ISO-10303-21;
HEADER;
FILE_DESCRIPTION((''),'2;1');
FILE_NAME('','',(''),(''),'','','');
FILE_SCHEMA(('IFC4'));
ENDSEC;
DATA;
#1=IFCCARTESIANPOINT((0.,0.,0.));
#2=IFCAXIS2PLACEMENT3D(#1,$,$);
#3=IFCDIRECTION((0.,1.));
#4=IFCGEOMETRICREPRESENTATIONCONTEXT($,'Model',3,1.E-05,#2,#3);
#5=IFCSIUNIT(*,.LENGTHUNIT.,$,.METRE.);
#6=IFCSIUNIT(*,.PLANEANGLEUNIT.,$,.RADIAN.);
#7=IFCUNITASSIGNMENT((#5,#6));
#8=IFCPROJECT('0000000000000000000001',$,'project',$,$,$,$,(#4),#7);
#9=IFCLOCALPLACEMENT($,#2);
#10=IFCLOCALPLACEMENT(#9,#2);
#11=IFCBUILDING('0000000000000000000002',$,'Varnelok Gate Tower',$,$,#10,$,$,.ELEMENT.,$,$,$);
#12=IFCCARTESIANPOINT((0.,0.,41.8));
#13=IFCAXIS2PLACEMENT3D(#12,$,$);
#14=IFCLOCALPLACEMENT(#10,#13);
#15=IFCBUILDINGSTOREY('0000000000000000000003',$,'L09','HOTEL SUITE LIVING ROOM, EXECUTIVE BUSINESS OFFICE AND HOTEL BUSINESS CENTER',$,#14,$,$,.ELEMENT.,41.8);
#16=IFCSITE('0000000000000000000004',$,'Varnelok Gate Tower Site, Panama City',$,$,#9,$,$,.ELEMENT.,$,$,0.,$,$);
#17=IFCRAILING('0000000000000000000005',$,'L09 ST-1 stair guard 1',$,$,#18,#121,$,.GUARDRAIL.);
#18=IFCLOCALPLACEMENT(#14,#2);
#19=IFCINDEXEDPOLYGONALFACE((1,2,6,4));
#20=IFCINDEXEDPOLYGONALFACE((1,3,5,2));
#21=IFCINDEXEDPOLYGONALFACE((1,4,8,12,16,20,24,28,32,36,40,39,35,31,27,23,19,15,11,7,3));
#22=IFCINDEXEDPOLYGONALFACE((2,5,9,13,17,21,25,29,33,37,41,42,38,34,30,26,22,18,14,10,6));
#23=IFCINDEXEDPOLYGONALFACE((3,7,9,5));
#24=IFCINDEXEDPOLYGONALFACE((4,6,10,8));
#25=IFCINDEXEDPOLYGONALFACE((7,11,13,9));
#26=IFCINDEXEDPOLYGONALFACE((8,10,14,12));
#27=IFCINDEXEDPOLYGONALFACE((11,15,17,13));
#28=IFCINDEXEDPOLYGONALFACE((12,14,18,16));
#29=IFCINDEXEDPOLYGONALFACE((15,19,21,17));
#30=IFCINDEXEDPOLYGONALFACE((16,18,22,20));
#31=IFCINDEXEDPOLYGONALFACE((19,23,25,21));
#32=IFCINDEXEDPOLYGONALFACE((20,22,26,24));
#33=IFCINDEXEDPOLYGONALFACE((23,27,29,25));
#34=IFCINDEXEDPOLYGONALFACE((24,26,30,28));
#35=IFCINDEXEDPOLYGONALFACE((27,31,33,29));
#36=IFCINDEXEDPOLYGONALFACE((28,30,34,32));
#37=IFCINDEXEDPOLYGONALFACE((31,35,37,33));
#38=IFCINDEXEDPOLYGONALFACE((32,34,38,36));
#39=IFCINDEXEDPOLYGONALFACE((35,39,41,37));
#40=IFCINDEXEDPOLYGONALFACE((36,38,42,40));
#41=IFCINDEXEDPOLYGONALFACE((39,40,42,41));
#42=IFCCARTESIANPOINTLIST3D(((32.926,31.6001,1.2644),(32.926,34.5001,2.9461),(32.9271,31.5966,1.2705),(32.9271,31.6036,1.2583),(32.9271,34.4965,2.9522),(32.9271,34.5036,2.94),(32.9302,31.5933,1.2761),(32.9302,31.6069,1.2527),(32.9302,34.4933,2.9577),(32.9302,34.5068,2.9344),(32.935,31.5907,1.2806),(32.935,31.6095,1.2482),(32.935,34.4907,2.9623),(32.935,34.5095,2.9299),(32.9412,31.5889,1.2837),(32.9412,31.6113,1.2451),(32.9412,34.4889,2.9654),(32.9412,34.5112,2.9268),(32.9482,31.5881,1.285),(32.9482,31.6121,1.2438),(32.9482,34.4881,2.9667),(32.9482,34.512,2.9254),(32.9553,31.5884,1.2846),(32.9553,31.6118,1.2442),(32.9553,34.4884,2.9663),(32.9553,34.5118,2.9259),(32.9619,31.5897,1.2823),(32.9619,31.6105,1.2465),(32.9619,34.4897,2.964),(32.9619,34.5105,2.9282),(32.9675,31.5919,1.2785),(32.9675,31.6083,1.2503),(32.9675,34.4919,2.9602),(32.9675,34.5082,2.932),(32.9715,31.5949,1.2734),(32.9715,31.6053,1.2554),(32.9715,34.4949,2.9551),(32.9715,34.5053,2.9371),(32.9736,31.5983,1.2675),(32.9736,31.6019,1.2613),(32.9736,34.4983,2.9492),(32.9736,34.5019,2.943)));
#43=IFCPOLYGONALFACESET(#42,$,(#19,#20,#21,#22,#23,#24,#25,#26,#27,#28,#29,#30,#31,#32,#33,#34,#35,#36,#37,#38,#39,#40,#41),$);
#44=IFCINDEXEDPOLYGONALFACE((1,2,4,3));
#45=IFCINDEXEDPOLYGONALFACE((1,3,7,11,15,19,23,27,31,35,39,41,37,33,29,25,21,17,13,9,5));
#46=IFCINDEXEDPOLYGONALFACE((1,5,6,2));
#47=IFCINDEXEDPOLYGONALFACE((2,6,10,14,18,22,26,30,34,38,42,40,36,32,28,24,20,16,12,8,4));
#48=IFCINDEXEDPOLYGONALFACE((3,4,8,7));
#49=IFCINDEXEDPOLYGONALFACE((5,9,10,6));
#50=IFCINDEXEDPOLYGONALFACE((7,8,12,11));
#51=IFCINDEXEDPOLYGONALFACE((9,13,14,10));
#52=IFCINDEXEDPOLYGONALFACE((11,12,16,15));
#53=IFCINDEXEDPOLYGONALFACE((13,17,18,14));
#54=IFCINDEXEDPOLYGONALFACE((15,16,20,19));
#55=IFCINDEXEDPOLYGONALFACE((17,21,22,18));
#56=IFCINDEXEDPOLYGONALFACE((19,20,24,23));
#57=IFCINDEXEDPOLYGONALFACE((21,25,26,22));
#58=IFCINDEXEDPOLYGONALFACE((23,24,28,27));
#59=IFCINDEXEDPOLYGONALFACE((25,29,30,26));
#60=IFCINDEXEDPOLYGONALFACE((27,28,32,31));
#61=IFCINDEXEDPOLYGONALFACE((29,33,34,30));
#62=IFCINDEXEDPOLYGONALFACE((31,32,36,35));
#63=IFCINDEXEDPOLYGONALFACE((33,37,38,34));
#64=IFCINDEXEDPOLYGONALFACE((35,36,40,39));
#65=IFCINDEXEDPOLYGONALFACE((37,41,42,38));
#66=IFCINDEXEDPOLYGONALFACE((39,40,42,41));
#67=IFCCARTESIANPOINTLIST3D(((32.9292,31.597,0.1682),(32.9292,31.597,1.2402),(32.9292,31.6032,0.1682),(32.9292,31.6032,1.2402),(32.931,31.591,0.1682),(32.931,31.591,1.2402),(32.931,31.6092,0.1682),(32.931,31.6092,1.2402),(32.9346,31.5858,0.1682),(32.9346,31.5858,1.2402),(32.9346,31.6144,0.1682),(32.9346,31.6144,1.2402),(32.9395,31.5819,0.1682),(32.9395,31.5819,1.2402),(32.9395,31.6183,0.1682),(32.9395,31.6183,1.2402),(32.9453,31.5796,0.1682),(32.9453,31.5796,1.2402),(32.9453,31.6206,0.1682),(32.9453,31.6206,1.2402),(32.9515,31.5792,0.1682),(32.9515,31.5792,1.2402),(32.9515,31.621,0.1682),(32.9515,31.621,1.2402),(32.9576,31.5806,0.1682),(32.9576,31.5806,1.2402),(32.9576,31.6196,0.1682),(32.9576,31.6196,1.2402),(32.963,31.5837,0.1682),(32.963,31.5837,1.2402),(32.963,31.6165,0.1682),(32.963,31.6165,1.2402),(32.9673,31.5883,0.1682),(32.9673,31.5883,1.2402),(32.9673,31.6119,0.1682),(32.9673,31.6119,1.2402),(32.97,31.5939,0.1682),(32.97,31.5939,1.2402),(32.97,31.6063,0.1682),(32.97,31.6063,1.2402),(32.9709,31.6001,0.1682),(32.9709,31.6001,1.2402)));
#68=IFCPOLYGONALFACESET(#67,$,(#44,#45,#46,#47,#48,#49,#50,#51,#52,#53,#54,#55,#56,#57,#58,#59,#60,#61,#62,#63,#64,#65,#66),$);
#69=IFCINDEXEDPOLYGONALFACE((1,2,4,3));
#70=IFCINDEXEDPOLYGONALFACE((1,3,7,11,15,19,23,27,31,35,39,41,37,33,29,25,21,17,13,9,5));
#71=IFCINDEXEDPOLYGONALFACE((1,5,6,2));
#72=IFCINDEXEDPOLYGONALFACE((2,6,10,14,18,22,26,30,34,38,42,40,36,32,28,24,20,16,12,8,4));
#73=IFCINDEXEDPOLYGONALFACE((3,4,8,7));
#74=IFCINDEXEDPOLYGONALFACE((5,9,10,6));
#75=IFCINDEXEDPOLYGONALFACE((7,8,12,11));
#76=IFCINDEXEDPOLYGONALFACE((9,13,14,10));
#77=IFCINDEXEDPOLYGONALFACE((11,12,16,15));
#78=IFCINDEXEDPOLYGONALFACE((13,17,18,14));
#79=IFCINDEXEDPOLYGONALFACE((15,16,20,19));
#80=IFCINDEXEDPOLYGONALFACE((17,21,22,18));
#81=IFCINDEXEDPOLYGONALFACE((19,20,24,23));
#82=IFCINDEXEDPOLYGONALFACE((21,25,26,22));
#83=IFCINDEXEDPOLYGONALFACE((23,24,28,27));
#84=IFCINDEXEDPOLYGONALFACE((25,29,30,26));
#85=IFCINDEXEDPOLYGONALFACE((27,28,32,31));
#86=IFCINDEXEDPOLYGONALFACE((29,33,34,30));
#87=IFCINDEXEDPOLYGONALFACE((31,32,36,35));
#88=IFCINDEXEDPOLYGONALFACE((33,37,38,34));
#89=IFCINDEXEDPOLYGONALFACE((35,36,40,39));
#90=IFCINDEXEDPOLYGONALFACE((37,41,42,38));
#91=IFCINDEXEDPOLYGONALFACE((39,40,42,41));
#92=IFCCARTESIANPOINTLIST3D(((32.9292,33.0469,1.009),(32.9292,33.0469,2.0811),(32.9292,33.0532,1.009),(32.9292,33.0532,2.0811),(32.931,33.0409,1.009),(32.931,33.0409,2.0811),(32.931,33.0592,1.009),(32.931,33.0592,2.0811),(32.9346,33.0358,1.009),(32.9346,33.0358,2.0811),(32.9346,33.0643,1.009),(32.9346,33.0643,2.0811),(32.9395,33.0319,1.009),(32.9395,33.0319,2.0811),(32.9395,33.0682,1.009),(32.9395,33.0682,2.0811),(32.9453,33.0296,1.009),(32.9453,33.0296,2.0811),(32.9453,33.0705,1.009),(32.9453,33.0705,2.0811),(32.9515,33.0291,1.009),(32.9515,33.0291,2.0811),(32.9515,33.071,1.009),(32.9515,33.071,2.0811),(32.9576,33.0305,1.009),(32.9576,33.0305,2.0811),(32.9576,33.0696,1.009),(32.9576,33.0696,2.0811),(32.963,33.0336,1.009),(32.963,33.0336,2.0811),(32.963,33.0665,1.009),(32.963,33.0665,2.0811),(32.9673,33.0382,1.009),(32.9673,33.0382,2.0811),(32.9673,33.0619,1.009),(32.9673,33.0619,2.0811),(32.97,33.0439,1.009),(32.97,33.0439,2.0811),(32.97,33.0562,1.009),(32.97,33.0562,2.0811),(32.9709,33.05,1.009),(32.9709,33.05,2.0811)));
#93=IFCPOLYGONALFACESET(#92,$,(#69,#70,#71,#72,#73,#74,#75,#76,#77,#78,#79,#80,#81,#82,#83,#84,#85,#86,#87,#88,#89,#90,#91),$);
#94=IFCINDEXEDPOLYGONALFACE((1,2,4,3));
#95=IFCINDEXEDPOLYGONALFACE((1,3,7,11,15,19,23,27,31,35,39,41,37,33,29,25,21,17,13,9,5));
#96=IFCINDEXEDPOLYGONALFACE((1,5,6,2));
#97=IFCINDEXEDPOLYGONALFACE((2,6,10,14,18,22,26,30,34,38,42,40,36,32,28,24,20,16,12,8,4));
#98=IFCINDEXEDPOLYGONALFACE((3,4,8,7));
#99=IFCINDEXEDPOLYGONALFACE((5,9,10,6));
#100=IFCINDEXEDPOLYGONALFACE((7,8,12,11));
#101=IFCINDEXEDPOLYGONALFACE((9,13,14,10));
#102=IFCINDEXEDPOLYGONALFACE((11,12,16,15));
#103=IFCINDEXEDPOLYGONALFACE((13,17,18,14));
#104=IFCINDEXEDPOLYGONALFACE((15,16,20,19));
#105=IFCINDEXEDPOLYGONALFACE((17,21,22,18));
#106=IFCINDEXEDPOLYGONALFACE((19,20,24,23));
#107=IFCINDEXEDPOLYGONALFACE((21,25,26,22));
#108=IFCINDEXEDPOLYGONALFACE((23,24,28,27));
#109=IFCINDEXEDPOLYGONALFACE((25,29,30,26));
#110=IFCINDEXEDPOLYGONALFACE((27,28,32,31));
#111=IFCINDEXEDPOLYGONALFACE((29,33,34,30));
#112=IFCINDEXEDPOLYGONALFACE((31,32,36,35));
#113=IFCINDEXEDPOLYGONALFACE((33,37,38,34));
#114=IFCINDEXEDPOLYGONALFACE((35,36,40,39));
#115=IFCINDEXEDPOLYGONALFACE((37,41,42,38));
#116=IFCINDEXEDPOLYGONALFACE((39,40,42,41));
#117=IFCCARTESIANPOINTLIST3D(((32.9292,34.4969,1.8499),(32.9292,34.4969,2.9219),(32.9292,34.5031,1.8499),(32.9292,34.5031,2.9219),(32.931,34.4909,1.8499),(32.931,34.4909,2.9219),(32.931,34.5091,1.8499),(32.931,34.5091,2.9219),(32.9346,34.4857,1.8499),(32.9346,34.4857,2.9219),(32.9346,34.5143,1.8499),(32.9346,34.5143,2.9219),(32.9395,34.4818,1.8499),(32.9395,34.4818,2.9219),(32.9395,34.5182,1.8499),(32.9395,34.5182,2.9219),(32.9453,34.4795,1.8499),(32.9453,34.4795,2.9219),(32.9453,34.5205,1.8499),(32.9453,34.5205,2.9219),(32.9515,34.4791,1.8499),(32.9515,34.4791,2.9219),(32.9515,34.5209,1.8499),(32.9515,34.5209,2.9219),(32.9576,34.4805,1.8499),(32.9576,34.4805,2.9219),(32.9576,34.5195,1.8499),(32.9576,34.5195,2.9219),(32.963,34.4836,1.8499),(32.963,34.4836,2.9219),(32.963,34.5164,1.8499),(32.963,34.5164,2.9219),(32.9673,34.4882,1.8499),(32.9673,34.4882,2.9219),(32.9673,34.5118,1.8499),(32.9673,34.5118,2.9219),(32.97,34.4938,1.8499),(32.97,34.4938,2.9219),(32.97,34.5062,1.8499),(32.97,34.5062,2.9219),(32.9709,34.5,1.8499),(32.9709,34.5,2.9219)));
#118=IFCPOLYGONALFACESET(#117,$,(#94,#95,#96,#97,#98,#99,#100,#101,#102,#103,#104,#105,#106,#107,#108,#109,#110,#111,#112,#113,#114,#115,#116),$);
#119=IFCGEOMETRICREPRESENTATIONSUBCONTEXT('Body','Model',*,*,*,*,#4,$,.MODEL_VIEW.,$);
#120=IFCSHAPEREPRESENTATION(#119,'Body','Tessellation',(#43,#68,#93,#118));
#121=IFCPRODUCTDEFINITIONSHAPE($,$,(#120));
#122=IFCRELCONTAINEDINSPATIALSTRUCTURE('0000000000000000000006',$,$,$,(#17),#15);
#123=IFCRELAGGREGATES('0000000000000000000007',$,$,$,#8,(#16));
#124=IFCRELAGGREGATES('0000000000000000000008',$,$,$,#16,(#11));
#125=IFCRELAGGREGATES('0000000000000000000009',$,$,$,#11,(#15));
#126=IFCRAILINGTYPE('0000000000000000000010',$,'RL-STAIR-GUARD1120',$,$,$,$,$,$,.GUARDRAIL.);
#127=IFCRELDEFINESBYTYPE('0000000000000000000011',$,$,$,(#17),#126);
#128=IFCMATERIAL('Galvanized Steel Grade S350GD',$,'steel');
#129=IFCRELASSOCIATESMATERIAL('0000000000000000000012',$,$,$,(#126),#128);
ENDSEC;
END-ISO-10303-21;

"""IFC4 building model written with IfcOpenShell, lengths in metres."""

from ifc_helpers import new_model, si_unit, direction, frame, origin, origin_2d, place, context, subcontext, project, spatial, circle, extrude, material, type_object, element, save


model = new_model("IFC4")

# Units and contexts
model_context = context("Model", 3, precision=1e-05, world=origin(), true_north=direction((0.0, 1.0)))
body_context = subcontext(model_context, "Body", "Model", "MODEL_VIEW")
ifc_project = project(units=[si_unit("LENGTHUNIT", "METRE"), si_unit("PLANEANGLEUNIT", "RADIAN")], contexts=[model_context])

# Site, building, storey
site_placement = place(None, origin())
site = spatial("IfcSite", under=ifc_project, at=site_placement, Name="Varnelok Gate Tower Site, Panama City", CompositionType="ELEMENT", RefElevation=0.0)
building_placement = place(site_placement, origin())
building = spatial("IfcBuilding", under=site, at=building_placement, Name="Varnelok Gate Tower", CompositionType="ELEMENT")
storey_placement = place(building_placement, frame((0.0, 0.0, 41.8)))
storey = spatial("IfcBuildingStorey", under=building, at=storey_placement, Name="L09", Description="HOTEL SUITE LIVING ROOM, EXECUTIVE BUSINESS OFFICE AND HOTEL BUSINESS CENTER", CompositionType="ELEMENT", Elevation=41.8)

# Shared definitions
ifc_material_1 = material(Name="Galvanized Steel Grade S350GD", Category="steel")

# Railing
railing_type_1 = type_object("IfcRailingType", Name="RL-STAIR-GUARD1120", PredefinedType="GUARDRAIL", material=ifc_material_1)
railing_1_placement = place(storey_placement, frame((32.95, 31.6001, 0.1682)))
element("IfcRailing", 1, at=railing_1_placement, inside=storey, type_object=railing_type_1, Name="L09 ST-1 stair guard 1", PredefinedType="GUARDRAIL", context=body_context, shape_type="SweptSolid", body=[
    extrude(circle(Radius=0.0239, at=origin_2d()), frame((0.0, 0.0, 1.0962), z_axis=(0.0, 0.86507, 0.501651), x_axis=(-1.0, 0.0, 0.0)), (0.0, 0.0, 1.0), 3.3523),
    extrude(circle(Radius=0.021, at=origin_2d()), origin(), (0.0, 0.0, 1.0), 1.072),
    extrude(circle(Radius=0.021, at=origin_2d()), frame((0.0, 1.45, 0.8408)), (0.0, 0.0, 1.0), 1.072),
    extrude(circle(Radius=0.021, at=origin_2d()), frame((0.0, 2.8999, 1.6816)), (0.0, 0.0, 1.0), 1.072),
])

save(model, "model.ifc")
